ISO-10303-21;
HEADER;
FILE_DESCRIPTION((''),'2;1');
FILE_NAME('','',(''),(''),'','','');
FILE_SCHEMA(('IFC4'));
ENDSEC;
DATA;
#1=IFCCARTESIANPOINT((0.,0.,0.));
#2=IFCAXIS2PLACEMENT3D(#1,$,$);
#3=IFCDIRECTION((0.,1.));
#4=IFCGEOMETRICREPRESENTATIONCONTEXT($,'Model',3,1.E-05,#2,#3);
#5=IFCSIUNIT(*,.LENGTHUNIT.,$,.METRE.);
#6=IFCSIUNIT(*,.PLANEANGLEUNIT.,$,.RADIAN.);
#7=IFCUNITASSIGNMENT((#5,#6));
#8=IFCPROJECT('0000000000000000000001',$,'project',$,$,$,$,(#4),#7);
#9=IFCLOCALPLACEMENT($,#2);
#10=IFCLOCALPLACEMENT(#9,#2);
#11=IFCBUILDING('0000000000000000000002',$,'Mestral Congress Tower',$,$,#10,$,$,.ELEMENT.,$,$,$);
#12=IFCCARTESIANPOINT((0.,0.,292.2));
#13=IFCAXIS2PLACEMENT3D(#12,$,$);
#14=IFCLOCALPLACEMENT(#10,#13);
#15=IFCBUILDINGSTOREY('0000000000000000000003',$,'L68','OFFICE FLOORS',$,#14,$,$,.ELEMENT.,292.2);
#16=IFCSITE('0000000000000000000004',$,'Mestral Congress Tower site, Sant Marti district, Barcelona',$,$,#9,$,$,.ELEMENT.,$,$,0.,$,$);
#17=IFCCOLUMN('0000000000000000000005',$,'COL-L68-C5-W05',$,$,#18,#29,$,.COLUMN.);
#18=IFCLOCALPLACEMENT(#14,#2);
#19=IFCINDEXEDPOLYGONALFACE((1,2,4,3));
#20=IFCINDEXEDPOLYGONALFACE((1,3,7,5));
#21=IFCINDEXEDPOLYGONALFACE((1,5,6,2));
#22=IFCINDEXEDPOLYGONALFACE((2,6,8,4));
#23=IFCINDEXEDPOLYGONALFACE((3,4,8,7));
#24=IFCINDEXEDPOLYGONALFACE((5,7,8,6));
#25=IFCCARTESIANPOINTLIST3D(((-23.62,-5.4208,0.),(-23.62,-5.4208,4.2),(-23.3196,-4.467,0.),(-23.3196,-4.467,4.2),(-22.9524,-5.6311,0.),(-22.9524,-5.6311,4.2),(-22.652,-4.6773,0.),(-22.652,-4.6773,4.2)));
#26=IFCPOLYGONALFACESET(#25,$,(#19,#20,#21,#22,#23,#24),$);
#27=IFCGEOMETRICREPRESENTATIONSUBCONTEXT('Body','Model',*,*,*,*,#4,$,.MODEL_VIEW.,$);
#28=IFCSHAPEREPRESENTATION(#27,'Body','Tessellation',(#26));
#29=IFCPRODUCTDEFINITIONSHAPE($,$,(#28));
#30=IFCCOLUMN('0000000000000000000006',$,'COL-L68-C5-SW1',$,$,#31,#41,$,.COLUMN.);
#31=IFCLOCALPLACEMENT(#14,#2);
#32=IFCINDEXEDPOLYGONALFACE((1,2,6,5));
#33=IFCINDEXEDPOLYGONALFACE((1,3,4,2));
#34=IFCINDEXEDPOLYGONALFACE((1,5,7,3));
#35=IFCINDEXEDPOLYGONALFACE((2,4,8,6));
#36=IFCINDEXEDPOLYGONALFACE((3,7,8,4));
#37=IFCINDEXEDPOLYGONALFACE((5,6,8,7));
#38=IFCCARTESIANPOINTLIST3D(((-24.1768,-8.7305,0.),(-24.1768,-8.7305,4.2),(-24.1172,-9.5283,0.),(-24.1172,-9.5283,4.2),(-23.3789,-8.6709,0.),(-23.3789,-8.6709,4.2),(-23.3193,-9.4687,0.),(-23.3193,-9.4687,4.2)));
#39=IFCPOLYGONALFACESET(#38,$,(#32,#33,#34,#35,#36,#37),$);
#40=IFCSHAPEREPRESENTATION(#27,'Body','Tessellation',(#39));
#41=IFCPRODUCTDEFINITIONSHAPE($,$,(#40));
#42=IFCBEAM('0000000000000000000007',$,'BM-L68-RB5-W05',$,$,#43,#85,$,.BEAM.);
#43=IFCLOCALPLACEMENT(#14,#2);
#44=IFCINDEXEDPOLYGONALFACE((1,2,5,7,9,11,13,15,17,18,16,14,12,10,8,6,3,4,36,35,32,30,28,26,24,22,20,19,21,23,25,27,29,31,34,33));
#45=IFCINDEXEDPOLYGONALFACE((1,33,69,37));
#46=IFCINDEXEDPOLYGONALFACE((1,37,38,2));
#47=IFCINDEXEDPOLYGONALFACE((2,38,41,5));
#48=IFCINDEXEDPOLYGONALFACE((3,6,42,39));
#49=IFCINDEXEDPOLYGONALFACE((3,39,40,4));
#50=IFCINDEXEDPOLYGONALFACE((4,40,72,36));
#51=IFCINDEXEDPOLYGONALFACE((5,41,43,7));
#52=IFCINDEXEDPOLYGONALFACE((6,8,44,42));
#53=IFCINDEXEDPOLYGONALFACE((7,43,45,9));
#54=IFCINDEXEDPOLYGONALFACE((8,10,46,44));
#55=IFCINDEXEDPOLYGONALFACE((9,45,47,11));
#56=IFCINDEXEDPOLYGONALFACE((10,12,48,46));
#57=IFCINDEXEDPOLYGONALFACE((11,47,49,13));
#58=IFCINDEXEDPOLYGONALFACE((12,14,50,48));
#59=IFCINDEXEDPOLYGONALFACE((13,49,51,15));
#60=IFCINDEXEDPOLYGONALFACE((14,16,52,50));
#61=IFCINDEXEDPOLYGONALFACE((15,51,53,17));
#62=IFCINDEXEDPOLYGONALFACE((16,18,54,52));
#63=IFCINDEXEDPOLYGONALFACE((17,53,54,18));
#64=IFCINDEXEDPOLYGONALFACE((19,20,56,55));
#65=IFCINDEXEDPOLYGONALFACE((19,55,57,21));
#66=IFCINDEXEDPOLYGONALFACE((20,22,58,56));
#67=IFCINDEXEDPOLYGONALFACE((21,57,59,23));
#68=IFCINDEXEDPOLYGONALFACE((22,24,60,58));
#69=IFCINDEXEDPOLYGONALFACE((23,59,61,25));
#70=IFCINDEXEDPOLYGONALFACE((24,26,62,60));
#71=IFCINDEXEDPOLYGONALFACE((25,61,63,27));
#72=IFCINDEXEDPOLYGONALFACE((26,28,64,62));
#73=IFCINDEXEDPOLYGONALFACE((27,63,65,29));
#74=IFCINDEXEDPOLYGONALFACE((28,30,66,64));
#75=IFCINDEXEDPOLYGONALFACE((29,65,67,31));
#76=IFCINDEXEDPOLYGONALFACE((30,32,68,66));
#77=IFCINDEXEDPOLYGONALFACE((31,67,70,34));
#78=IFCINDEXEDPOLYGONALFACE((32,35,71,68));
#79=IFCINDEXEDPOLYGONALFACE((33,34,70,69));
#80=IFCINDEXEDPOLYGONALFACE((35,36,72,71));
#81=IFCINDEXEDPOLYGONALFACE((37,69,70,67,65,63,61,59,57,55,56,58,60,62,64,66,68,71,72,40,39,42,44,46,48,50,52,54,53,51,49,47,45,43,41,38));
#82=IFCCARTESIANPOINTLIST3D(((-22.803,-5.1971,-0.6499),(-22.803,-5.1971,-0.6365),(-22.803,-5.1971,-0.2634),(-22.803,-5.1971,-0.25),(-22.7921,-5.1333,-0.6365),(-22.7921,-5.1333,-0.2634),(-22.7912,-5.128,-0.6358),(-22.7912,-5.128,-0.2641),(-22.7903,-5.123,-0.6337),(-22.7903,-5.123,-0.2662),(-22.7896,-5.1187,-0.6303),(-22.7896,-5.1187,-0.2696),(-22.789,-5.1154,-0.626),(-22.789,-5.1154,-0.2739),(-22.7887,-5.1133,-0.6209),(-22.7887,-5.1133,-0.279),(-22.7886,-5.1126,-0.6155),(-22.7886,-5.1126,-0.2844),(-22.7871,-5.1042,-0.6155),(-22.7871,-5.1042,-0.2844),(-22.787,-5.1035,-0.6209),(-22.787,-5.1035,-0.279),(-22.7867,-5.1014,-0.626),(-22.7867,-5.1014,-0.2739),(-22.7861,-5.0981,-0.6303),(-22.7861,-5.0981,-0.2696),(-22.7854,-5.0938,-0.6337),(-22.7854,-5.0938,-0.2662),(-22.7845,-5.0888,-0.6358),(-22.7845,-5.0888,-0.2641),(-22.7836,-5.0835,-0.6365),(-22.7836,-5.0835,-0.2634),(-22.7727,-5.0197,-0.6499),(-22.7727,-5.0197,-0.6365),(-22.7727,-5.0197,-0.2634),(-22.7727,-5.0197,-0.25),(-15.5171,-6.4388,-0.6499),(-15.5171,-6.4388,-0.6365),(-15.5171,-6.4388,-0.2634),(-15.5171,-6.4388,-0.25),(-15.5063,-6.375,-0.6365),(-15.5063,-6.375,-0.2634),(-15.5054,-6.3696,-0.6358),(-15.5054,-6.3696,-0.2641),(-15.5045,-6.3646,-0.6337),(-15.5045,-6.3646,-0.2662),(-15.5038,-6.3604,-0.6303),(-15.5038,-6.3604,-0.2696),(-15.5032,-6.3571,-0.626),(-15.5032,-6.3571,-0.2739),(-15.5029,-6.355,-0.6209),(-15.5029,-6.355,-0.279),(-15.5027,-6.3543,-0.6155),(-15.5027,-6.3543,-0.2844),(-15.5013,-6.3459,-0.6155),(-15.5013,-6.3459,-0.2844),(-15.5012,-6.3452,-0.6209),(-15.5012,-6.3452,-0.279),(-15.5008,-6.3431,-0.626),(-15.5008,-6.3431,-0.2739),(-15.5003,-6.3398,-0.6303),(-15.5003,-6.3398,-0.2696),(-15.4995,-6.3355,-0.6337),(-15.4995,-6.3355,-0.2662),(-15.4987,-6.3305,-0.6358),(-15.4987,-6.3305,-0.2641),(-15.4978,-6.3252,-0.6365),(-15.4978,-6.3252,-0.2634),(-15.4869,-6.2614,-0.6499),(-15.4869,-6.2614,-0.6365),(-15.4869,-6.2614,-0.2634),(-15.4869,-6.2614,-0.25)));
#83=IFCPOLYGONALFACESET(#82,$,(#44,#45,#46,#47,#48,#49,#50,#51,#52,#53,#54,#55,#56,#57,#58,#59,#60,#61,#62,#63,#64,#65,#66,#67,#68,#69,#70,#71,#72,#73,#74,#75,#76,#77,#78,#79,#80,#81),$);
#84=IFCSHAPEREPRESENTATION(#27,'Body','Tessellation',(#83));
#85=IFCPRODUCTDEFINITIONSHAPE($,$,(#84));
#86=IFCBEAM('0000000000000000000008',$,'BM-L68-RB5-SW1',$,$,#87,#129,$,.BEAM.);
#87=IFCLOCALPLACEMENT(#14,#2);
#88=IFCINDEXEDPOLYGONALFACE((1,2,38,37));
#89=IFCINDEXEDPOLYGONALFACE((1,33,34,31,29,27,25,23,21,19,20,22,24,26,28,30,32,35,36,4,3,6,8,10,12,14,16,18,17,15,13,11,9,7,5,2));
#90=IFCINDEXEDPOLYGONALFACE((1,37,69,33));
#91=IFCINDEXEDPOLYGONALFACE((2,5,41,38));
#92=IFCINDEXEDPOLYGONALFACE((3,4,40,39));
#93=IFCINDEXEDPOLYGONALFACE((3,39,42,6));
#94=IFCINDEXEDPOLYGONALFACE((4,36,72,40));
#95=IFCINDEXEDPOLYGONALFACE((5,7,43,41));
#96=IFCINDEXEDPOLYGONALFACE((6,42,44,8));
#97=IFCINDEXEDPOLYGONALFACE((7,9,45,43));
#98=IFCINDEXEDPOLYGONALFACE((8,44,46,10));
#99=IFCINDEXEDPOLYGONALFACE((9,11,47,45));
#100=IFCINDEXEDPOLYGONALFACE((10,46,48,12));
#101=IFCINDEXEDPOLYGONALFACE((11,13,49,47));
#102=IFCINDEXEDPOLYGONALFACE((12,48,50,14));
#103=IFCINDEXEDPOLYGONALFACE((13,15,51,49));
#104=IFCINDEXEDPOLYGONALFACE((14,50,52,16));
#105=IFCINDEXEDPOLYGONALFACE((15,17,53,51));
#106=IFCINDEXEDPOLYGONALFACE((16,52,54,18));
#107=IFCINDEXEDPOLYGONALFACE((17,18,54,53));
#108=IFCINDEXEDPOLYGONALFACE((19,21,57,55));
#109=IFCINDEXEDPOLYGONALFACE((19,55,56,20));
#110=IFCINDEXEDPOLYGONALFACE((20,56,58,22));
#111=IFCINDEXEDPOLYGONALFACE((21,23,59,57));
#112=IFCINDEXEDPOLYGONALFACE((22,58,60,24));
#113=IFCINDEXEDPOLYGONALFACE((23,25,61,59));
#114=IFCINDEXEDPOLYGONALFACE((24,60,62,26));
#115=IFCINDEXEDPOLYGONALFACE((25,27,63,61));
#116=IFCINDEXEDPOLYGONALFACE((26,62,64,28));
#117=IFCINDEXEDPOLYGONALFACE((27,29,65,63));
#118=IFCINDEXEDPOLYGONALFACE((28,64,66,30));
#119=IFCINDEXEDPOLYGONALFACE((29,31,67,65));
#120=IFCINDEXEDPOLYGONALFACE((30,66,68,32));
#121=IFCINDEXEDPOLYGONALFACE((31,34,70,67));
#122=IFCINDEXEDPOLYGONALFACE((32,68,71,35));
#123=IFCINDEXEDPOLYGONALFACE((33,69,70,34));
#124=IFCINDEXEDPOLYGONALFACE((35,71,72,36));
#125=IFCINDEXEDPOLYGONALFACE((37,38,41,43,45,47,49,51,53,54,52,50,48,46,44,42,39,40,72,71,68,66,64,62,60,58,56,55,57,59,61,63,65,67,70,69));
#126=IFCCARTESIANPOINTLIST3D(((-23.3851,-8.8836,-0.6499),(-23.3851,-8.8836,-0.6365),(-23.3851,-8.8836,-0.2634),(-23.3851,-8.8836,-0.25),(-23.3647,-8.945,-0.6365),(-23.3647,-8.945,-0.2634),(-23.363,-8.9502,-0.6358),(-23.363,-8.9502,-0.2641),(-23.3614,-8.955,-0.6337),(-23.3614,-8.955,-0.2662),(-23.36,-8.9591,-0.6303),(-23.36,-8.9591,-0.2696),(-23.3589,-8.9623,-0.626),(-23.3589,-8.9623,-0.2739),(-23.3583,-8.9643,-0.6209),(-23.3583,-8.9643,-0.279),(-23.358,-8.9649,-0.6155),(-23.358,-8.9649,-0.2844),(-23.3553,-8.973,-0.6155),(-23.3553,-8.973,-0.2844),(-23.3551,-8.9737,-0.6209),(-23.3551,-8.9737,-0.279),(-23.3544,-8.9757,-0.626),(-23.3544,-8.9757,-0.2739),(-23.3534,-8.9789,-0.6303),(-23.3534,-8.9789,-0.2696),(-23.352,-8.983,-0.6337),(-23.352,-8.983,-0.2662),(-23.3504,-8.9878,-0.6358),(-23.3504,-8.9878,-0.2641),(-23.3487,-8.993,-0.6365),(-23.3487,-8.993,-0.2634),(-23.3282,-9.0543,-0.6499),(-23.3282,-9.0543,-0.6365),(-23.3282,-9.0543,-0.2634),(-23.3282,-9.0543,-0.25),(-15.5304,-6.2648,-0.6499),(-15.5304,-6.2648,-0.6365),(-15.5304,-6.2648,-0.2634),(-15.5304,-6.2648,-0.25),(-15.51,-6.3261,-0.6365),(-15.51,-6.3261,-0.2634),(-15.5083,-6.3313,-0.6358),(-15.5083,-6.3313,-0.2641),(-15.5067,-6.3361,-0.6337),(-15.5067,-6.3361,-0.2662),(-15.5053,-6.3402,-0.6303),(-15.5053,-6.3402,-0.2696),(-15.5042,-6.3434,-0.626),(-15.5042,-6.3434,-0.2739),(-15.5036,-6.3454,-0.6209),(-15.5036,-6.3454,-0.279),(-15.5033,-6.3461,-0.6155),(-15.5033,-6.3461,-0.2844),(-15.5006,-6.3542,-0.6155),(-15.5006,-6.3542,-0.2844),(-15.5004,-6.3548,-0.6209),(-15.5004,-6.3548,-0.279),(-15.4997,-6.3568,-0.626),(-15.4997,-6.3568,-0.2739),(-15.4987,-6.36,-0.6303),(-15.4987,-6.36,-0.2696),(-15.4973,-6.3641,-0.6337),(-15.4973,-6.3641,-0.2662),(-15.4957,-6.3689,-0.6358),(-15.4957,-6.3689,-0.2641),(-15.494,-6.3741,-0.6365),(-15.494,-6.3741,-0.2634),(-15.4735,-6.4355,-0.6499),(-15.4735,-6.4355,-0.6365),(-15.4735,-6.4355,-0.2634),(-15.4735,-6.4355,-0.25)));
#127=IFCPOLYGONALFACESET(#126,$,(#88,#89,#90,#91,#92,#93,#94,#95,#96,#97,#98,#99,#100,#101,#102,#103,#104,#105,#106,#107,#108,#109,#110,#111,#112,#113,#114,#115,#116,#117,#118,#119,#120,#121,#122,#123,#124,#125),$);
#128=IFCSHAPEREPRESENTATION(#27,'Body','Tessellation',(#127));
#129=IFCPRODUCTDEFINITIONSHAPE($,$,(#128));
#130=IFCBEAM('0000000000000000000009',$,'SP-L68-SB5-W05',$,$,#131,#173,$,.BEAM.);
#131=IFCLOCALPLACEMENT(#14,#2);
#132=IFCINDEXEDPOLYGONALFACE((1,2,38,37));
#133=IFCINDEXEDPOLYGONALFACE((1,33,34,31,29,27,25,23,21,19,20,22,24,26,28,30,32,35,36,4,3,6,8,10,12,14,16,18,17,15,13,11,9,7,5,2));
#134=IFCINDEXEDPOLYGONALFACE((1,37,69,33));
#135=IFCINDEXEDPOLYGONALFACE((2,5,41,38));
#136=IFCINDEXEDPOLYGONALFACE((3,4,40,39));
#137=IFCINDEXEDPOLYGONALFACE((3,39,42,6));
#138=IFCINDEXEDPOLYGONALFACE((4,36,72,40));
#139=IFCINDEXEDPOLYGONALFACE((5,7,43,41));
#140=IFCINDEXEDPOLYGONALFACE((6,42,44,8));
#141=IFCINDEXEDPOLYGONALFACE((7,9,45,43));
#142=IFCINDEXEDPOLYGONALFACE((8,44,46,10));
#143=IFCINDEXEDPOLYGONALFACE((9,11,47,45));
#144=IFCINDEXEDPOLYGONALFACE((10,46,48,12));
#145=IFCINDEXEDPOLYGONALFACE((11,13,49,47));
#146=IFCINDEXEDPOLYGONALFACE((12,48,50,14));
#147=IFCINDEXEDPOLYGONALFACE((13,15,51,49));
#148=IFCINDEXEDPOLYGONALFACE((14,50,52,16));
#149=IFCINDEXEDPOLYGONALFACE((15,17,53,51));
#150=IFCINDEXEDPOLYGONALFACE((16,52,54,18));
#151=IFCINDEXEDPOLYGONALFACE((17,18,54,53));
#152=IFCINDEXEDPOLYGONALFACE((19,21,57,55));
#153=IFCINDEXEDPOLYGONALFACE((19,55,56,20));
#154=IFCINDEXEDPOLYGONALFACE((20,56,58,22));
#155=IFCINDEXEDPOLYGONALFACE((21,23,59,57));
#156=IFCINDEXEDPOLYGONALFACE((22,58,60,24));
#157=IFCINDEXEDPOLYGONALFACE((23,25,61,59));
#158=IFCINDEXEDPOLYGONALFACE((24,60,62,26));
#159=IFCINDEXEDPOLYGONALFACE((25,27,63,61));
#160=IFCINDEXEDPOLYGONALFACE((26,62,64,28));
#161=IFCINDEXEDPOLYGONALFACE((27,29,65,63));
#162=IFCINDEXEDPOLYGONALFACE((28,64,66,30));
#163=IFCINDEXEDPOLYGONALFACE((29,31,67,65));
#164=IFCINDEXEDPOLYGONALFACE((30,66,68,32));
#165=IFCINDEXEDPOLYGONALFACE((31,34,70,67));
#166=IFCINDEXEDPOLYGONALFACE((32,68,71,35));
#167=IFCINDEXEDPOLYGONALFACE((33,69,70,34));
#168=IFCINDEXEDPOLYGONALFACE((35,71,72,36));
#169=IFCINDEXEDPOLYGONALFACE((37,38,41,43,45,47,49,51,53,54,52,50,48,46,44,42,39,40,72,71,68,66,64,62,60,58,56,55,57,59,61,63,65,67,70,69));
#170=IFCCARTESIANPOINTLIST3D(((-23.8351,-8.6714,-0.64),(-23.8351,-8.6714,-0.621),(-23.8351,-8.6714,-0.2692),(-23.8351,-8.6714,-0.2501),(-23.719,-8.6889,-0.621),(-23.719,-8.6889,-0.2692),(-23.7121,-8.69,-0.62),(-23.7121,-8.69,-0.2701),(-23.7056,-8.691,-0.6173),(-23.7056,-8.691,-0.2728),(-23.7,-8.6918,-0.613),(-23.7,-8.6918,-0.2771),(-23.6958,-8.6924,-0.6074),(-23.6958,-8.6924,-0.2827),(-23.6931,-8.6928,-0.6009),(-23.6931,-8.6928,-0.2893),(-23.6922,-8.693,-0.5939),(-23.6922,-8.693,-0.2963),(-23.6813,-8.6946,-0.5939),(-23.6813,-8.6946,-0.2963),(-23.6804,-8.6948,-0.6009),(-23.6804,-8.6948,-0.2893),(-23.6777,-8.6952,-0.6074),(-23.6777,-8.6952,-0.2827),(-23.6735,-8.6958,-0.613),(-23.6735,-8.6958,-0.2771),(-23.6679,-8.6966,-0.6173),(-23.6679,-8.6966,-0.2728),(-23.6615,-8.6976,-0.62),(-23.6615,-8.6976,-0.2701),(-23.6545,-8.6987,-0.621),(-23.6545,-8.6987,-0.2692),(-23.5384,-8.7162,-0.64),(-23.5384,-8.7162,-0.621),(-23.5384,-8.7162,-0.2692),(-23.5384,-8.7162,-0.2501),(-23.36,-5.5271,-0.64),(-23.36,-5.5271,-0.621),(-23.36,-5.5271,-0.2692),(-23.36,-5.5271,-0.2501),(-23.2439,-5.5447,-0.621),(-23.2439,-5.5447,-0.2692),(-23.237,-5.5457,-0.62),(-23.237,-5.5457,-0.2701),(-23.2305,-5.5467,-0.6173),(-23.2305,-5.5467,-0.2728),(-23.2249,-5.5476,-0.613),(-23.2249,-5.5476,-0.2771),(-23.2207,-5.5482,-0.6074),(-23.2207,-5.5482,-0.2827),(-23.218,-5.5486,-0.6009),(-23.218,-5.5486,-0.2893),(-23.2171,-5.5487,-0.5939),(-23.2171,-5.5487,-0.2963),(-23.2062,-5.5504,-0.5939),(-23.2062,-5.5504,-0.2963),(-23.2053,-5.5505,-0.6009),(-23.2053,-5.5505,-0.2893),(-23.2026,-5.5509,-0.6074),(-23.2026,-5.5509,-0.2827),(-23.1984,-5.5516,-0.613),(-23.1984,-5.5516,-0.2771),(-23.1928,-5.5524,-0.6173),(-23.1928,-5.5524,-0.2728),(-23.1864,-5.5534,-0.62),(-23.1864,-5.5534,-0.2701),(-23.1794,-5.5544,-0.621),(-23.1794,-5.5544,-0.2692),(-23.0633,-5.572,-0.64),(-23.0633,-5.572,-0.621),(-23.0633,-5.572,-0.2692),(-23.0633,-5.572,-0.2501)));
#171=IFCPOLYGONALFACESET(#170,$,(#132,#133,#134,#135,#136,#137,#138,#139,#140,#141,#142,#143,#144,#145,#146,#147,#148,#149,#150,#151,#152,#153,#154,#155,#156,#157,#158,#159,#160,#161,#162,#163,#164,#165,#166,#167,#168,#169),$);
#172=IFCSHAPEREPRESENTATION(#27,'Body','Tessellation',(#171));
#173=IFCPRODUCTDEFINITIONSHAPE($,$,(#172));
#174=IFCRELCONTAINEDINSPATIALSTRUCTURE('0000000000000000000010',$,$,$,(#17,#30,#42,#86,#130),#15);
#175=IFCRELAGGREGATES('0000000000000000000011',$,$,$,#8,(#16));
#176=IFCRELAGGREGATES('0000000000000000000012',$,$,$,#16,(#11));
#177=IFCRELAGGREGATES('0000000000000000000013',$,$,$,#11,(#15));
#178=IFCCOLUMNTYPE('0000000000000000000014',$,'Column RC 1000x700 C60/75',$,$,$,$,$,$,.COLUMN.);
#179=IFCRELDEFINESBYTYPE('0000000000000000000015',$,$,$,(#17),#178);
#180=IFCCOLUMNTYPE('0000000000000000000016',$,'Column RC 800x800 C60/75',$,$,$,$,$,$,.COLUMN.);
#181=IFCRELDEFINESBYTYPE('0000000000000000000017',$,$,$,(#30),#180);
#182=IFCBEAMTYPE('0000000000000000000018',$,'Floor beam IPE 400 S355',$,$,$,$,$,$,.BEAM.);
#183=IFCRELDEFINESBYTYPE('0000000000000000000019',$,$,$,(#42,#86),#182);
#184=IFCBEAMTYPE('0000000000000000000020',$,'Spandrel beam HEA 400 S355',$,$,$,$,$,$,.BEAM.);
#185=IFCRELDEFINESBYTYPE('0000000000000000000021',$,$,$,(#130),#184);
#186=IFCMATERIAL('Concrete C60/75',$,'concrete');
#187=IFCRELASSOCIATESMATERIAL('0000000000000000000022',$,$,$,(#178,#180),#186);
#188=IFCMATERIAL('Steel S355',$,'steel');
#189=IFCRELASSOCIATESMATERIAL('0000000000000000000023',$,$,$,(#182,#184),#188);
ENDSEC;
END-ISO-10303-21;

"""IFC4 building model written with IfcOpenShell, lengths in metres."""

from ifc_helpers import new_model, si_unit, direction, frame, origin, origin_2d, place, context, subcontext, project, spatial, rectangle, i_section, extrude, material, material_profile, profile_set, type_object, element, save


model = new_model("IFC4")

# Units and contexts
model_context = context("Model", 3, precision=1e-05, world=origin(), true_north=direction((0.0, 1.0)))
body_context = subcontext(model_context, "Body", "Model", "MODEL_VIEW")
ifc_project = project(units=[si_unit("LENGTHUNIT", "METRE"), si_unit("PLANEANGLEUNIT", "RADIAN")], contexts=[model_context])

# Site, building, storey
site_placement = place(None, origin())
site = spatial("IfcSite", under=ifc_project, at=site_placement, Name="Mestral Congress Tower site, Sant Marti district, Barcelona", CompositionType="ELEMENT", RefElevation=0.0)
building_placement = place(site_placement, origin())
building = spatial("IfcBuilding", under=site, at=building_placement, Name="Mestral Congress Tower", CompositionType="ELEMENT")
storey_placement = place(building_placement, frame((0.0, 0.0, 292.2)))
storey = spatial("IfcBuildingStorey", under=building, at=storey_placement, Name="L68", Description="OFFICE FLOORS", CompositionType="ELEMENT", Elevation=292.2)

# Columns
ifc_material_1 = material(Name="Concrete C60/75", Category="concrete")
ifc_material_profile_1 = material_profile(ifc_material_1, rectangle(XDim=1.0, YDim=0.7, at=origin_2d()), Name="RC 1000x700")
ifc_profile_set_1 = profile_set([ifc_material_profile_1], Name="Concrete C60/75")
column_type_1 = type_object("IfcColumnType", Name="Column RC 1000x700 C60/75", PredefinedType="COLUMN", material=ifc_profile_set_1)
column_1_placement = place(storey_placement, frame((-23.136, -5.0491, 0.0), z_axis=(0.0, 0.0, 1.0), x_axis=(-0.300431, -0.953804, 0.0)))
element("IfcColumn", 1, at=column_1_placement, inside=storey, type_object=column_type_1, Name="COL-L68-C5-W05", PredefinedType="COLUMN", context=body_context, shape_type="SweptSolid", body=[
    extrude(rectangle(XDim=1.0, YDim=0.7, at=origin_2d()), origin(), (0.0, 0.0, 1.0), 4.2),
])
ifc_material_profile_2 = material_profile(ifc_material_1, rectangle(XDim=0.8, YDim=0.8, at=origin_2d()), Name="RC 800x800")
ifc_profile_set_2 = profile_set([ifc_material_profile_2], Name="Concrete C60/75")
column_type_2 = type_object("IfcColumnType", Name="Column RC 800x800 C60/75", PredefinedType="COLUMN", material=ifc_profile_set_2)
column_2_placement = place(storey_placement, frame((-23.748, -9.0996, 0.0), z_axis=(0.0, 0.0, 1.0), x_axis=(0.074511, -0.99722, 0.0)))
element("IfcColumn", 2, at=column_2_placement, inside=storey, type_object=column_type_2, Name="COL-L68-C5-SW1", PredefinedType="COLUMN", context=body_context, shape_type="SweptSolid", body=[
    extrude(rectangle(XDim=0.8, YDim=0.8, at=origin_2d()), origin(), (0.0, 0.0, 1.0), 4.2),
])

# Beams
ifc_material_2 = material(Name="Steel S355", Category="steel")
ifc_material_profile_3 = material_profile(ifc_material_2, i_section(OverallWidth=0.1799, OverallDepth=0.3999, WebThickness=0.0085, FlangeThickness=0.0134, FilletRadius=0.021, at=origin_2d()), Name="IPE 400")
ifc_profile_set_3 = profile_set([ifc_material_profile_3], Name="Steel S355")
beam_type_1 = type_object("IfcBeamType", Name="Floor beam IPE 400 S355", PredefinedType="BEAM", material=ifc_profile_set_3)
beam_1_placement = place(storey_placement, frame((-22.7878, -5.1084, -0.45), z_axis=(0.985787, -0.168003, 0.0), x_axis=(0.168003, 0.985787, 0.0)))
element("IfcBeam", 3, at=beam_1_placement, inside=storey, type_object=beam_type_1, Name="BM-L68-RB5-W05", PredefinedType="BEAM", context=body_context, shape_type="SweptSolid", body=[
    extrude(i_section(OverallWidth=0.1799, OverallDepth=0.3999, WebThickness=0.0085, FlangeThickness=0.0134, FilletRadius=0.021, at=origin_2d()), origin(), (0.0, 0.0, 1.0), 7.3909),
])
beam_2_placement = place(storey_placement, frame((-23.3567, -8.969, -0.45), z_axis=(0.94866, 0.316299, 0.0), x_axis=(-0.316299, 0.94866, 0.0)))
element("IfcBeam", 4, at=beam_2_placement, inside=storey, type_object=beam_type_1, Name="BM-L68-RB5-SW1", PredefinedType="BEAM", context=body_context, shape_type="SweptSolid", body=[
    extrude(i_section(OverallWidth=0.1799, OverallDepth=0.3999, WebThickness=0.0085, FlangeThickness=0.0134, FilletRadius=0.021, at=origin_2d()), origin(), (0.0, 0.0, 1.0), 8.2798),
])
ifc_material_profile_4 = material_profile(ifc_material_2, i_section(OverallWidth=0.3, OverallDepth=0.3899, WebThickness=0.011, FlangeThickness=0.019, FilletRadius=0.0271, at=origin_2d()), Name="HEA 400")
ifc_profile_set_4 = profile_set([ifc_material_profile_4], Name="Steel S355")
beam_type_2 = type_object("IfcBeamType", Name="Spandrel beam HEA 400 S355", PredefinedType="BEAM", material=ifc_profile_set_4)
beam_3_placement = place(storey_placement, frame((-23.2117, -5.5496, -0.4451), z_axis=(-0.149403, -0.988776, 0.0), x_axis=(0.988776, -0.149403, 0.0)))
element("IfcBeam", 5, at=beam_3_placement, inside=storey, type_object=beam_type_2, Name="SP-L68-SB5-W05", PredefinedType="BEAM", context=body_context, shape_type="SweptSolid", body=[
    extrude(i_section(OverallWidth=0.3, OverallDepth=0.3899, WebThickness=0.011, FlangeThickness=0.019, FilletRadius=0.0271, at=origin_2d()), origin(), (0.0, 0.0, 1.0), 3.1799),
])

save(model, "model.ifc")
